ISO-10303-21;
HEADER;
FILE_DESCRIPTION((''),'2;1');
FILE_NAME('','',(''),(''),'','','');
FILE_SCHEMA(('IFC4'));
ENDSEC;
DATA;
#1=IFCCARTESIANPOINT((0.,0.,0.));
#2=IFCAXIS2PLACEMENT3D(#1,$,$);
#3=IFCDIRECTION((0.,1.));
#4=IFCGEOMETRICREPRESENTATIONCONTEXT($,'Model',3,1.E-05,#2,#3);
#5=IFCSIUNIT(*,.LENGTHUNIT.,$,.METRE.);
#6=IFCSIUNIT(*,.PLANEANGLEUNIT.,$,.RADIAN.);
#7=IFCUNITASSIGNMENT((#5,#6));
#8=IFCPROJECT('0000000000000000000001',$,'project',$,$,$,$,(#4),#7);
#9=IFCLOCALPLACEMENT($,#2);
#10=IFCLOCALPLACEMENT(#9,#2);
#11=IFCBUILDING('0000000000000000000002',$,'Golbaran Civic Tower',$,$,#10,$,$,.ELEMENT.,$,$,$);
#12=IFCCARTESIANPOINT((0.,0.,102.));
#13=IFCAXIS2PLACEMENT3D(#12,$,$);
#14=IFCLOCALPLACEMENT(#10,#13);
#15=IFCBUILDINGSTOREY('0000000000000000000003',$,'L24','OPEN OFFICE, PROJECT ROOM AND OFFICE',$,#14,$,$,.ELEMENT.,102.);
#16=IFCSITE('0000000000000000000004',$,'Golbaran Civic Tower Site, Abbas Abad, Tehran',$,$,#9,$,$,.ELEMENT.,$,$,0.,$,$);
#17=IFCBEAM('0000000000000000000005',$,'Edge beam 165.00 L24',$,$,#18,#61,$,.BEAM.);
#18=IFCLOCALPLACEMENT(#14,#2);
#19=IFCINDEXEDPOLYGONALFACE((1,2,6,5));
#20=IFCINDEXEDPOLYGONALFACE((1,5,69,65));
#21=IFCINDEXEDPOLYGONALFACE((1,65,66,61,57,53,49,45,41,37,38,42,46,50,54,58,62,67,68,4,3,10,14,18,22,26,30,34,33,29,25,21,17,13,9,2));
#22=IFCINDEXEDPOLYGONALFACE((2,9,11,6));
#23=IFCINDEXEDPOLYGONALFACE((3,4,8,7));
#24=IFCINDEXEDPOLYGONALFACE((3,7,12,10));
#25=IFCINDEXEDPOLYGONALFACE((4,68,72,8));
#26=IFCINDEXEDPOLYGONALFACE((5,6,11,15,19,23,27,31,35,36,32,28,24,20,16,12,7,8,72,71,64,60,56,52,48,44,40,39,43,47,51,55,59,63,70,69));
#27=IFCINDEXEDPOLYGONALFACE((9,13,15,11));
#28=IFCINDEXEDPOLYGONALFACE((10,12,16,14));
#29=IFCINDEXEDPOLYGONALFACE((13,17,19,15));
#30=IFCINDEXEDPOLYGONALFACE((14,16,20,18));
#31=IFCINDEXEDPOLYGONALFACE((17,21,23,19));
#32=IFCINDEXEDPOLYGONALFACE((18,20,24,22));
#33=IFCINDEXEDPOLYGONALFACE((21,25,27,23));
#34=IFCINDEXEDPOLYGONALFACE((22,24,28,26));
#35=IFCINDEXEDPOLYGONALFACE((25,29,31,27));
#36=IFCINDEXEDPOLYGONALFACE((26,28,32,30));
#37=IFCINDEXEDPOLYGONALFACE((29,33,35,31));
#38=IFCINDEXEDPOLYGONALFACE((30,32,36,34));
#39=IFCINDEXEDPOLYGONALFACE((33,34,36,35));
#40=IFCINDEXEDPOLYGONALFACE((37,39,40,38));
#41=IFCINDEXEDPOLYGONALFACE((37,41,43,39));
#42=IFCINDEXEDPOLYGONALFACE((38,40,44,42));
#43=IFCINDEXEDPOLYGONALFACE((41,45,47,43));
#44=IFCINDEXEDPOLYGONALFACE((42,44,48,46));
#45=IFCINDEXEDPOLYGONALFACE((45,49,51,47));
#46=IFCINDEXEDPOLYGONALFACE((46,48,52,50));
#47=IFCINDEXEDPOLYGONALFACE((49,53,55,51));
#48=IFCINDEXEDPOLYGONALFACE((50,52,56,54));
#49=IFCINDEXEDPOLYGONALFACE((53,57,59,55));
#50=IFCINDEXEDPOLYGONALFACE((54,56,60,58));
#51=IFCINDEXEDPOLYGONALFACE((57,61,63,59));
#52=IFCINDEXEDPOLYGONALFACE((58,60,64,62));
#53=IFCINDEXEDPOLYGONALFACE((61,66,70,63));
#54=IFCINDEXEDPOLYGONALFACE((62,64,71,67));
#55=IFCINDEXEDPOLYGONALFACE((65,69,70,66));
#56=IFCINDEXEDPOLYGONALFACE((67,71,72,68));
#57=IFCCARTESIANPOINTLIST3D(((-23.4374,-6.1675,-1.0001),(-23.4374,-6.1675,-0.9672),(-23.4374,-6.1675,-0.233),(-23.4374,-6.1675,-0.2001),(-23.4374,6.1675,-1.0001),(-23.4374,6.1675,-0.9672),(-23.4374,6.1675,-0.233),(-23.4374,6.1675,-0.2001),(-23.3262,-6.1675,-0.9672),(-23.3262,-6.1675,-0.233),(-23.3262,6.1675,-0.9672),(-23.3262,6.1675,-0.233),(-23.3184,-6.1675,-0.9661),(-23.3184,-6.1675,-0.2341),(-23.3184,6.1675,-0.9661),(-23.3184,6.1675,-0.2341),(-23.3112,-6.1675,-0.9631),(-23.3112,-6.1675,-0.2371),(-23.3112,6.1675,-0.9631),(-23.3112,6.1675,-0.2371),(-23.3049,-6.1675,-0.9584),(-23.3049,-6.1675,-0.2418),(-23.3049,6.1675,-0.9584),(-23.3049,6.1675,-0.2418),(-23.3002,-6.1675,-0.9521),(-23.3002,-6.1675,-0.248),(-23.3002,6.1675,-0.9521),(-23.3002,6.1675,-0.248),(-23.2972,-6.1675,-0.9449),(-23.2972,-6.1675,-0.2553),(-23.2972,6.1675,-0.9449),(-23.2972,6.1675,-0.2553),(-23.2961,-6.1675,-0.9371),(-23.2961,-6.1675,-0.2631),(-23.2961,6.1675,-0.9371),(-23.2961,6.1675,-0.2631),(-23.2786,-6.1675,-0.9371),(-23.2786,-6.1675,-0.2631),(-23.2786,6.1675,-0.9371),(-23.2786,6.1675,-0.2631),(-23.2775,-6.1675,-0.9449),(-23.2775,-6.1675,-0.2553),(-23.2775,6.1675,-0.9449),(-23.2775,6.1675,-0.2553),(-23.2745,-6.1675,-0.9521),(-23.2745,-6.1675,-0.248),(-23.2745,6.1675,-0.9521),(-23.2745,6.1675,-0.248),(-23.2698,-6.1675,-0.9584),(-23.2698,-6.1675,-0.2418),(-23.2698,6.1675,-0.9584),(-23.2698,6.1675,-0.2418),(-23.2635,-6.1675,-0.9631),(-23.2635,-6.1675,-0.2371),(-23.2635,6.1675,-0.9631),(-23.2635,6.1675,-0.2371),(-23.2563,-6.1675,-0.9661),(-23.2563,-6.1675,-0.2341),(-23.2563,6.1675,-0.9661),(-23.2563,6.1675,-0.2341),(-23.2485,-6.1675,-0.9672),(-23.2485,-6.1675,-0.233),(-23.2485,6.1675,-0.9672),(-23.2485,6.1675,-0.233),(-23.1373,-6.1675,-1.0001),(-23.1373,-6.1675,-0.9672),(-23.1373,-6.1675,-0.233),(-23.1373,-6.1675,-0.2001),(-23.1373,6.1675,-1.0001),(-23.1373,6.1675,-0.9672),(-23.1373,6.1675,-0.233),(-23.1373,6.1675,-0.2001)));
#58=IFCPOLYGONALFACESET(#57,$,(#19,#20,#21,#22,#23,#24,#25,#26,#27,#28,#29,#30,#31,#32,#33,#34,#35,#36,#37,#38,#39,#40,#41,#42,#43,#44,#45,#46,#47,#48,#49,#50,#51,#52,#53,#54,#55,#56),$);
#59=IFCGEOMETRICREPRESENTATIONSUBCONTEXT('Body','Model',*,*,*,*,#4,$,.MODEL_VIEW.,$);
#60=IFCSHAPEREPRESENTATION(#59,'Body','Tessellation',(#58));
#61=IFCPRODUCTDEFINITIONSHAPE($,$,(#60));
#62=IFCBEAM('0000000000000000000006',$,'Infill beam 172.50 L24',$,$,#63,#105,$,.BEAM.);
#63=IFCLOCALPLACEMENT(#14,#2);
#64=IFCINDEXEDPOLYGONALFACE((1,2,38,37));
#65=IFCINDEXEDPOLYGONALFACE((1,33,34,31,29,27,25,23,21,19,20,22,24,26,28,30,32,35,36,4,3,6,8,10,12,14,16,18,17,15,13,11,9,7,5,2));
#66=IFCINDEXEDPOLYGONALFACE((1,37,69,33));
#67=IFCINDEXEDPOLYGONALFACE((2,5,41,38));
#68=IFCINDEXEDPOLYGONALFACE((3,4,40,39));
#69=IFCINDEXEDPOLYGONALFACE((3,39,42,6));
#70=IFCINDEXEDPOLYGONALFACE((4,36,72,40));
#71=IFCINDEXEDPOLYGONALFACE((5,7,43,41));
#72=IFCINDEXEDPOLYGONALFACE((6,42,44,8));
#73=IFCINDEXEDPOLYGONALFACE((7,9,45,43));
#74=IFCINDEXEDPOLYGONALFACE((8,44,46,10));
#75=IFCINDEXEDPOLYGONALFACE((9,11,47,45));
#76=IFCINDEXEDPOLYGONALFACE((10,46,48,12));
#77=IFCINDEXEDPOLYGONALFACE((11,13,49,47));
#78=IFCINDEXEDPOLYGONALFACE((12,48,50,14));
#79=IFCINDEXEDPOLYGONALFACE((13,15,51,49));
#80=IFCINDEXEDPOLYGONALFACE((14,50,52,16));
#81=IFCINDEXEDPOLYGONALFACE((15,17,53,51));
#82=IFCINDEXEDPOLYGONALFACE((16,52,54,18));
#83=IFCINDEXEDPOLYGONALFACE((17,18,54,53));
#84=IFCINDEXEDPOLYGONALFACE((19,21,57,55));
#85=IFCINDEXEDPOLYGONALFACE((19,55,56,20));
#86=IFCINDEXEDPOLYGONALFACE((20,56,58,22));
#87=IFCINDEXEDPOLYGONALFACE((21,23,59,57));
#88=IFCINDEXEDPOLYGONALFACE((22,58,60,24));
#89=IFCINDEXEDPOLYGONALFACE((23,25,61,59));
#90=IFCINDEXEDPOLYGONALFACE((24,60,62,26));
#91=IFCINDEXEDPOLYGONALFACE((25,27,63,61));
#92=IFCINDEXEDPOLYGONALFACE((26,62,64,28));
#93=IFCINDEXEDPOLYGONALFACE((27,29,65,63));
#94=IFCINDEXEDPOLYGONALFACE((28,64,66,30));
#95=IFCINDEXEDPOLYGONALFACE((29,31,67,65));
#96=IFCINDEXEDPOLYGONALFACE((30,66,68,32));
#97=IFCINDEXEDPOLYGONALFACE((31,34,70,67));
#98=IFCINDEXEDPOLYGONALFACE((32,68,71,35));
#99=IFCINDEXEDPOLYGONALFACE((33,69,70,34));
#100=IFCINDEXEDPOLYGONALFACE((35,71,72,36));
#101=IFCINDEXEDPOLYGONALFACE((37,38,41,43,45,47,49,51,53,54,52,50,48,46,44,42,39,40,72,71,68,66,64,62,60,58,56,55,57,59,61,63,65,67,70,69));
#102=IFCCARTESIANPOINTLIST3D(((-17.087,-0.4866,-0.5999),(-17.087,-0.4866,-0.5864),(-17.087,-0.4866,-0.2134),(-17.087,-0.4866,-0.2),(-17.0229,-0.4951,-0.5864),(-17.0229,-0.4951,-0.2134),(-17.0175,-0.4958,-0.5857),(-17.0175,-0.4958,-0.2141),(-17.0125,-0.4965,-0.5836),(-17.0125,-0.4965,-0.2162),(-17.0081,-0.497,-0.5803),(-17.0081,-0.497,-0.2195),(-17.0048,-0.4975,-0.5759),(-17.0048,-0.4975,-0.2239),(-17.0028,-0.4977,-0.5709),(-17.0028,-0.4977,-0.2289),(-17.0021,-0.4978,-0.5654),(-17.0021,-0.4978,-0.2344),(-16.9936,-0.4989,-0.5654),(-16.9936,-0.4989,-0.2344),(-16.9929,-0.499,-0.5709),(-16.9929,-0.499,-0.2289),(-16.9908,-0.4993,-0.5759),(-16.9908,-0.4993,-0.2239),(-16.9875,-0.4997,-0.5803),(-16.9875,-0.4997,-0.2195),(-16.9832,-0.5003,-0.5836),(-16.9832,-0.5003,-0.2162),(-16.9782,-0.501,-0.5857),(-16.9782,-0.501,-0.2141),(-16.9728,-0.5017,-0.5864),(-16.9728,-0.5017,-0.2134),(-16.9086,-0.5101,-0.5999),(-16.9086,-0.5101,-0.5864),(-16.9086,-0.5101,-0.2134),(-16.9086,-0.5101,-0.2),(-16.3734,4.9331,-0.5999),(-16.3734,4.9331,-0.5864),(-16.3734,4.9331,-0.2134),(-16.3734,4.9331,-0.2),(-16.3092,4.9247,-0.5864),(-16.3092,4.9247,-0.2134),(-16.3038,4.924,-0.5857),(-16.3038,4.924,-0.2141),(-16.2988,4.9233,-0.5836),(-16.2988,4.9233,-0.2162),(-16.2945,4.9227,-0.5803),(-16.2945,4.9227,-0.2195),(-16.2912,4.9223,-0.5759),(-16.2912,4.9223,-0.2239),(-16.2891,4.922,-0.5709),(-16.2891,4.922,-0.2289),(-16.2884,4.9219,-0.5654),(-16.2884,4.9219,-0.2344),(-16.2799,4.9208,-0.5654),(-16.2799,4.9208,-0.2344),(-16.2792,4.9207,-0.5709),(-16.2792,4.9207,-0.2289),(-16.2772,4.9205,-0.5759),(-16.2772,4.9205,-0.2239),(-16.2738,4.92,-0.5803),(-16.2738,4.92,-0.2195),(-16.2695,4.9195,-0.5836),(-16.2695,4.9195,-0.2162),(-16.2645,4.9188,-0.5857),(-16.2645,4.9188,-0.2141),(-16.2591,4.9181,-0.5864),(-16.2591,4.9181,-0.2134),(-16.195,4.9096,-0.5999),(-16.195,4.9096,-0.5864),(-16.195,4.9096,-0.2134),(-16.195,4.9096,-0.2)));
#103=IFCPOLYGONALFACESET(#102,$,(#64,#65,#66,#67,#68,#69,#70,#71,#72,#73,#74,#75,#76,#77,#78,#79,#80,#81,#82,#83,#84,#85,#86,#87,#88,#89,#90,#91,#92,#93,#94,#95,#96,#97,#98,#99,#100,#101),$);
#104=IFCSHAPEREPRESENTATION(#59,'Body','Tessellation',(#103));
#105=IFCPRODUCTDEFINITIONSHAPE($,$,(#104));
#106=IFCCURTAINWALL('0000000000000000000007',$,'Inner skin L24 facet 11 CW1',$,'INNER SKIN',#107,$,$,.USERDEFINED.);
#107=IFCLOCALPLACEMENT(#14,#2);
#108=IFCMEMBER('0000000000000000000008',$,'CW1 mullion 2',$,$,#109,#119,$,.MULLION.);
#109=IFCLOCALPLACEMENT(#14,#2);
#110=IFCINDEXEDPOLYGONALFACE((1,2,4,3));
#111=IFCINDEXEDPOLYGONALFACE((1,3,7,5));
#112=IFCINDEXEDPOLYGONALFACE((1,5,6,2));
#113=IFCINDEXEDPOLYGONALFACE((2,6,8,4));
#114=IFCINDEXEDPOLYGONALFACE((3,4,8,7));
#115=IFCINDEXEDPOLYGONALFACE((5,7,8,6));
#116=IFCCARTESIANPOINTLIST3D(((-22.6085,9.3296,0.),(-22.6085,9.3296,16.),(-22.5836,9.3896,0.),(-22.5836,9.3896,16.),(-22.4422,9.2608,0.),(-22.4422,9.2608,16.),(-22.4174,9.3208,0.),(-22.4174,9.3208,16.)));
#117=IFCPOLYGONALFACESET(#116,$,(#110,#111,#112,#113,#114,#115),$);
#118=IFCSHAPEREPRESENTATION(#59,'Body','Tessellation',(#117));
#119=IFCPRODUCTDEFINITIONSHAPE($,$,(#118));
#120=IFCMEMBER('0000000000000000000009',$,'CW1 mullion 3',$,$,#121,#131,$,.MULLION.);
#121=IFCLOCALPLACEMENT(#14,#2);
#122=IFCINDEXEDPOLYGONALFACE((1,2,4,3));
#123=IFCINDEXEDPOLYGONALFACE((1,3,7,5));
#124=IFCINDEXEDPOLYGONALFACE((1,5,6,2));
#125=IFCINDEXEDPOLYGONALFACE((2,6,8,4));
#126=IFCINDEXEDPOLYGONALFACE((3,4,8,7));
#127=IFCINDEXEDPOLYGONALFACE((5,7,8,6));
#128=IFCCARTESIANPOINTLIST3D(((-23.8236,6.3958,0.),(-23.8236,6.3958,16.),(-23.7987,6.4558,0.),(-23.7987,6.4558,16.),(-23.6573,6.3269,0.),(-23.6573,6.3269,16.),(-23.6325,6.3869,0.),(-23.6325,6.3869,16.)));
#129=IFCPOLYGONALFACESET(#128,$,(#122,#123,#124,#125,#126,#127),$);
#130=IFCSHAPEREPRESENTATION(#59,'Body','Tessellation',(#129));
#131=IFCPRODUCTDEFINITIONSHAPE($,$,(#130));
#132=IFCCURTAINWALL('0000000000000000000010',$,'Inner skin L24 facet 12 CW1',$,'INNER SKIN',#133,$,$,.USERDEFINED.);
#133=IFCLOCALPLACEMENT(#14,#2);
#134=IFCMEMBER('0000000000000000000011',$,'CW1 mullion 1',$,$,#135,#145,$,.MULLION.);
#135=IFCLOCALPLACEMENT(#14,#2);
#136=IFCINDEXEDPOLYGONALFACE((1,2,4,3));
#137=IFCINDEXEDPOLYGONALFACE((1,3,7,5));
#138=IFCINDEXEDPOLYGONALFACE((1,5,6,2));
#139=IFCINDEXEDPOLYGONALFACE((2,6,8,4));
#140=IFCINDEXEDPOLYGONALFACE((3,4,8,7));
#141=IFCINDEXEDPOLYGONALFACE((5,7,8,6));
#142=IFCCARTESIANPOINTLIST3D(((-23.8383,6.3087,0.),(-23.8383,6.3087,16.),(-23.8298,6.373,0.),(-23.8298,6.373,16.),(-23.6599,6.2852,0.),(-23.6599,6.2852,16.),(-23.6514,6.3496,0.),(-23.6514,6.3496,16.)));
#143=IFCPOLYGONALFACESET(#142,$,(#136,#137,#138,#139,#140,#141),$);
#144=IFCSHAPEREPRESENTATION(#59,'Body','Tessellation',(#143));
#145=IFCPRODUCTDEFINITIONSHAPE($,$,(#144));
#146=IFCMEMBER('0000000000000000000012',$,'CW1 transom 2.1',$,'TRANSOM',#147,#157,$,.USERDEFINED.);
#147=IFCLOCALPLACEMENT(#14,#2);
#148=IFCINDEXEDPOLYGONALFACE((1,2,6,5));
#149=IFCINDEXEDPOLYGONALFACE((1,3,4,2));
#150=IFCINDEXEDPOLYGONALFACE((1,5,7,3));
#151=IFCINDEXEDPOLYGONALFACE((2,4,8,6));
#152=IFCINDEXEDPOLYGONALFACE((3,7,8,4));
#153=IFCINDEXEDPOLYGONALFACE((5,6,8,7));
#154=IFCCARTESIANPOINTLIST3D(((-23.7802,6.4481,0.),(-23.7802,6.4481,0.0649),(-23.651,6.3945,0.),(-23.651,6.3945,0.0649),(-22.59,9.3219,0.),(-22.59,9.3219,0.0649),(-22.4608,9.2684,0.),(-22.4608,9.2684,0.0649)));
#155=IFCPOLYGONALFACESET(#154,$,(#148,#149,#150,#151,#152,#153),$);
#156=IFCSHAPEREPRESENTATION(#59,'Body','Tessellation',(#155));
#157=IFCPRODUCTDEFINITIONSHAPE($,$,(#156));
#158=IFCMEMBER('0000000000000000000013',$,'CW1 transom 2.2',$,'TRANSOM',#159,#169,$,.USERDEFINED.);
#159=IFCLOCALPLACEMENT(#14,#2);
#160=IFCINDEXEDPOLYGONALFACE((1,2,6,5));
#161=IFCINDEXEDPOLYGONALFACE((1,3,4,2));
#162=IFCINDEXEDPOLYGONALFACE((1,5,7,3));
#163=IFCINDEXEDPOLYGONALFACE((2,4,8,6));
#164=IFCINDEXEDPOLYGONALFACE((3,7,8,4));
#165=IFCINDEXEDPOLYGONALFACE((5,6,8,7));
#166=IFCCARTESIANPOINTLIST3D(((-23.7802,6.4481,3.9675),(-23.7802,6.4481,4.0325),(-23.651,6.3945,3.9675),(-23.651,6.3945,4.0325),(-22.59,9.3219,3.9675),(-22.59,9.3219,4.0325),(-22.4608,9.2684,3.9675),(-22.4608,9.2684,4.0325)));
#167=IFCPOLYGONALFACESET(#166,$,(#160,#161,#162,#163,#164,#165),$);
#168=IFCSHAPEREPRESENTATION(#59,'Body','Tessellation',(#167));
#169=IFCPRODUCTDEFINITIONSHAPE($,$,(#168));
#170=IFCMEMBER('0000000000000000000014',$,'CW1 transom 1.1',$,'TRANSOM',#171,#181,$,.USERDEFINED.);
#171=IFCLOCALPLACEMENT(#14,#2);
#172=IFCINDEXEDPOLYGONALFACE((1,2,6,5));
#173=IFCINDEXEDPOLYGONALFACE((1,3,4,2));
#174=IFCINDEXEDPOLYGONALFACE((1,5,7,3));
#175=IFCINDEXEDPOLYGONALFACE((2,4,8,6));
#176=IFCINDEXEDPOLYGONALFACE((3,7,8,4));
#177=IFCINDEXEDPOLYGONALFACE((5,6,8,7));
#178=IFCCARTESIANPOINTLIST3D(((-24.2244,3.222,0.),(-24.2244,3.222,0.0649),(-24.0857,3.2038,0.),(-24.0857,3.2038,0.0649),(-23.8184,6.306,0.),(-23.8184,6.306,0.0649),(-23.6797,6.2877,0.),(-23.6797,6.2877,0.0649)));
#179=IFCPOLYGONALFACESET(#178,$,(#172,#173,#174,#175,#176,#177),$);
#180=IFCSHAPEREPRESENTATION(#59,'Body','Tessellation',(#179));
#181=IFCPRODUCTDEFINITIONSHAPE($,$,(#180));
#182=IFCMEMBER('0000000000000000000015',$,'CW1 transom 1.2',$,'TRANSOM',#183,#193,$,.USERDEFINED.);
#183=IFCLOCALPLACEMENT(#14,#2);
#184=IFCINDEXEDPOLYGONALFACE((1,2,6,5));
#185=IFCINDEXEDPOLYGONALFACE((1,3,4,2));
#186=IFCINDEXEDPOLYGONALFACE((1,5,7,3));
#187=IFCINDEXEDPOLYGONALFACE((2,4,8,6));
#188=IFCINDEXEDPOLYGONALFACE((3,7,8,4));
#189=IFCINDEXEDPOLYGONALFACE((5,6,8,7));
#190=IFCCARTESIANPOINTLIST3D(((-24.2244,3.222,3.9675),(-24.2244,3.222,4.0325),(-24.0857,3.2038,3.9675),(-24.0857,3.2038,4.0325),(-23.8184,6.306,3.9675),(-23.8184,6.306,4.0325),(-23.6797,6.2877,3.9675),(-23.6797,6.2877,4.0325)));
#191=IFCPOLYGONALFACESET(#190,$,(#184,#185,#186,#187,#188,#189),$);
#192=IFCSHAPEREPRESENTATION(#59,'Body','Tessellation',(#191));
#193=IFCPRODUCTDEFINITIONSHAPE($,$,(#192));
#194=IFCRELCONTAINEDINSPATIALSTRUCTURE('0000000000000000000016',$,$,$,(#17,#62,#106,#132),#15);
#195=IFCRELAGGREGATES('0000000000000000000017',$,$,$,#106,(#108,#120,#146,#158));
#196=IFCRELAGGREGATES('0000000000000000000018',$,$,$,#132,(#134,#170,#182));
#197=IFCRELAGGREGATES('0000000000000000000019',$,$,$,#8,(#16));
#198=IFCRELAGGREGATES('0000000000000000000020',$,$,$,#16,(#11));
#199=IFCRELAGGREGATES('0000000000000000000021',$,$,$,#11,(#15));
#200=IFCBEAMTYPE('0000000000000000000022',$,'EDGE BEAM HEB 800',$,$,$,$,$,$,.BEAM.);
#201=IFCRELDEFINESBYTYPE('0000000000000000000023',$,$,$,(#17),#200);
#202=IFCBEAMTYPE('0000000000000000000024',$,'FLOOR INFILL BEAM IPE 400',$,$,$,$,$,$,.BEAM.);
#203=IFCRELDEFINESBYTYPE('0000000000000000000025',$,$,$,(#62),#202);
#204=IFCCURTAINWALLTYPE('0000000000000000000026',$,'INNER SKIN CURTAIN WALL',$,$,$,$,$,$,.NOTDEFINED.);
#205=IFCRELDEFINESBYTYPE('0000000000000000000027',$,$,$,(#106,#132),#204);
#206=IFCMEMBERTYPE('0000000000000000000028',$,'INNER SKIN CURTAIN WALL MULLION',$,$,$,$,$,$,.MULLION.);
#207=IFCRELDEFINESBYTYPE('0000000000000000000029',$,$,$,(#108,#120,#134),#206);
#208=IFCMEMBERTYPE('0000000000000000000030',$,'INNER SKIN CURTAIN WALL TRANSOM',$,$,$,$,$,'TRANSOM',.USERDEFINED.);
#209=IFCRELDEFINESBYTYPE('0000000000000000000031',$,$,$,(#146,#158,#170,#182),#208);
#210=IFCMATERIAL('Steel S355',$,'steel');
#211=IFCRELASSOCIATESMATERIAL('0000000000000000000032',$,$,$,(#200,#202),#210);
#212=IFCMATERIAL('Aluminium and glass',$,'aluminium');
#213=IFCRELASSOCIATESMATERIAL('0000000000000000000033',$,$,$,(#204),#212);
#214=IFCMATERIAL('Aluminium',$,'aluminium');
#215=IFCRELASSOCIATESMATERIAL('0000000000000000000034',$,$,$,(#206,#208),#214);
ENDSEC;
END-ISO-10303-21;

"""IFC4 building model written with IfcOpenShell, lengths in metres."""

from ifc_helpers import new_model, si_unit, direction, frame, origin, origin_2d, place, context, subcontext, project, spatial, rectangle, i_section, extrude, material, material_profile, profile_set, type_object, element, aggregate, save


model = new_model("IFC4")

# Units and contexts
model_context = context("Model", 3, precision=1e-05, world=origin(), true_north=direction((0.0, 1.0)))
body_context = subcontext(model_context, "Body", "Model", "MODEL_VIEW")
ifc_project = project(units=[si_unit("LENGTHUNIT", "METRE"), si_unit("PLANEANGLEUNIT", "RADIAN")], contexts=[model_context])

# Site, building, storey
site_placement = place(None, origin())
site = spatial("IfcSite", under=ifc_project, at=site_placement, Name="Golbaran Civic Tower Site, Abbas Abad, Tehran", CompositionType="ELEMENT", RefElevation=0.0)
building_placement = place(site_placement, origin())
building = spatial("IfcBuilding", under=site, at=building_placement, Name="Golbaran Civic Tower", CompositionType="ELEMENT")
storey_placement = place(building_placement, frame((0.0, 0.0, 102.0)))
storey = spatial("IfcBuildingStorey", under=building, at=storey_placement, Name="L24", Description="OPEN OFFICE, PROJECT ROOM AND OFFICE", CompositionType="ELEMENT", Elevation=102.0)

# Beams
ifc_material_1 = material(Name="Steel S355", Category="steel")
ifc_material_profile_1 = material_profile(ifc_material_1, i_section(OverallWidth=0.3, OverallDepth=0.8, WebThickness=0.0176, FlangeThickness=0.033, FilletRadius=0.03, at=origin_2d()), Name="HEB 800")
ifc_profile_set_1 = profile_set([ifc_material_profile_1], Name="Steel S355")
beam_type_1 = type_object("IfcBeamType", Name="EDGE BEAM HEB 800", PredefinedType="BEAM", material=ifc_profile_set_1)
beam_1_placement = place(storey_placement, frame((-23.2874, 6.1675, -0.6001), z_axis=(0.0, -1.0, 0.0), x_axis=(1.0, 0.0, 0.0)))
element("IfcBeam", 1, at=beam_1_placement, inside=storey, type_object=beam_type_1, Name="Edge beam 165.00 L24", PredefinedType="BEAM", context=body_context, shape_type="SweptSolid", body=[
    extrude(i_section(OverallWidth=0.3, OverallDepth=0.8, WebThickness=0.0176, FlangeThickness=0.033, FilletRadius=0.03, at=origin_2d()), origin(), (0.0, 0.0, 1.0), 12.335),
])
ifc_material_profile_2 = material_profile(ifc_material_1, i_section(OverallWidth=0.1799, OverallDepth=0.3999, WebThickness=0.0085, FlangeThickness=0.0134, FilletRadius=0.021, at=origin_2d()), Name="IPE 400")
ifc_profile_set_2 = profile_set([ifc_material_profile_2], Name="Steel S355")
beam_type_2 = type_object("IfcBeamType", Name="FLOOR INFILL BEAM IPE 400", PredefinedType="BEAM", material=ifc_profile_set_2)
beam_2_placement = place(storey_placement, frame((-16.2842, 4.9214, -0.3999), z_axis=(-0.130546, -0.991442, 0.0), x_axis=(0.991442, -0.130546, 0.0)))
element("IfcBeam", 2, at=beam_2_placement, inside=storey, type_object=beam_type_2, Name="Infill beam 172.50 L24", PredefinedType="BEAM", context=body_context, shape_type="SweptSolid", body=[
    extrude(i_section(OverallWidth=0.1799, OverallDepth=0.3999, WebThickness=0.0085, FlangeThickness=0.0134, FilletRadius=0.021, at=origin_2d()), origin(), (0.0, 0.0, 1.0), 5.4666),
])

# Curtain wall, members
ifc_material_2 = material(Name="Aluminium and glass", Category="aluminium")
curtain_wall_type_1 = type_object("IfcCurtainWallType", Name="INNER SKIN CURTAIN WALL", PredefinedType="NOTDEFINED", material=ifc_material_2)
curtain_wall_1_placement = place(storey_placement, origin())
curtain_wall_1 = element("IfcCurtainWall", 3, at=curtain_wall_1_placement, inside=storey, type_object=curtain_wall_type_1, Name="Inner skin L24 facet 11 CW1", ObjectType="INNER SKIN", PredefinedType="USERDEFINED")
ifc_material_3 = material(Name="Aluminium", Category="aluminium")
ifc_material_profile_3 = material_profile(ifc_material_3, rectangle(XDim=0.1799, YDim=0.0649, at=origin_2d()), Name="INNER SKIN CURTAIN WALL MULLION")
ifc_profile_set_3 = profile_set([ifc_material_profile_3], Name="Aluminium")
member_type_1 = type_object("IfcMemberType", Name="INNER SKIN CURTAIN WALL MULLION", PredefinedType="MULLION", material=ifc_profile_set_3)
member_1_placement = place(storey_placement, frame((-22.5129, 9.3252, 0.0), z_axis=(0.0, 0.0, 1.0), x_axis=(0.92388, -0.382683, 0.0)))
member_1 = element("IfcMember", 4, at=member_1_placement, type_object=member_type_1, Name="CW1 mullion 2", PredefinedType="MULLION", context=body_context, shape_type="SweptSolid", body=[
    extrude(rectangle(XDim=0.1799, YDim=0.0649, at=origin_2d()), origin(), (0.0, 0.0, 1.0), 16.0),
])
member_2_placement = place(storey_placement, frame((-23.728, 6.3914, 0.0), z_axis=(0.0, 0.0, 1.0), x_axis=(0.92388, -0.382683, 0.0)))
member_2 = element("IfcMember", 5, at=member_2_placement, type_object=member_type_1, Name="CW1 mullion 3", PredefinedType="MULLION", context=body_context, shape_type="SweptSolid", body=[
    extrude(rectangle(XDim=0.1799, YDim=0.0649, at=origin_2d()), origin(), (0.0, 0.0, 1.0), 16.0),
])

# Curtain wall, member
curtain_wall_2_placement = place(storey_placement, origin())
curtain_wall_2 = element("IfcCurtainWall", 6, at=curtain_wall_2_placement, inside=storey, type_object=curtain_wall_type_1, Name="Inner skin L24 facet 12 CW1", ObjectType="INNER SKIN", PredefinedType="USERDEFINED")
member_3_placement = place(storey_placement, frame((-23.7449, 6.3291, 0.0), z_axis=(0.0, 0.0, 1.0), x_axis=(0.991445, -0.130526, 0.0)))
member_3 = element("IfcMember", 7, at=member_3_placement, type_object=member_type_1, Name="CW1 mullion 1", PredefinedType="MULLION", context=body_context, shape_type="SweptSolid", body=[
    extrude(rectangle(XDim=0.1799, YDim=0.0649, at=origin_2d()), origin(), (0.0, 0.0, 1.0), 16.0),
])

# Members
ifc_material_profile_4 = material_profile(ifc_material_3, rectangle(XDim=0.1399, YDim=0.0649, at=origin_2d()), Name="INNER SKIN CURTAIN WALL TRANSOM")
ifc_profile_set_4 = profile_set([ifc_material_profile_4], Name="Aluminium")
member_type_2 = type_object("IfcMemberType", Name="INNER SKIN CURTAIN WALL TRANSOM", ElementType="TRANSOM", PredefinedType="USERDEFINED", material=ifc_profile_set_4)
member_4_placement = place(storey_placement, frame((-22.5254, 9.2952, 0.0325), z_axis=(-0.382636, -0.923899, 0.0), x_axis=(0.923899, -0.382636, 0.0)))
member_4 = element("IfcMember", 8, at=member_4_placement, type_object=member_type_2, Name="CW1 transom 2.1", ObjectType="TRANSOM", PredefinedType="USERDEFINED", context=body_context, shape_type="SweptSolid", body=[
    extrude(rectangle(XDim=0.1399, YDim=0.0649, at=origin_2d()), origin(), (0.0, 0.0, 1.0), 3.1106),
])
member_5_placement = place(storey_placement, frame((-22.5254, 9.2952, 4.0), z_axis=(-0.382636, -0.923899, 0.0), x_axis=(0.923899, -0.382636, 0.0)))
member_5 = element("IfcMember", 9, at=member_5_placement, type_object=member_type_2, Name="CW1 transom 2.2", ObjectType="TRANSOM", PredefinedType="USERDEFINED", context=body_context, shape_type="SweptSolid", body=[
    extrude(rectangle(XDim=0.1399, YDim=0.0649, at=origin_2d()), origin(), (0.0, 0.0, 1.0), 3.1106),
])
member_6_placement = place(storey_placement, frame((-23.749, 6.2969, 0.0325), z_axis=(-0.130524, -0.991445, 0.0), x_axis=(0.991445, -0.130524, 0.0)))
member_6 = element("IfcMember", 10, at=member_6_placement, type_object=member_type_2, Name="CW1 transom 1.1", ObjectType="TRANSOM", PredefinedType="USERDEFINED", context=body_context, shape_type="SweptSolid", body=[
    extrude(rectangle(XDim=0.1399, YDim=0.0649, at=origin_2d()), origin(), (0.0, 0.0, 1.0), 3.1106),
])
member_7_placement = place(storey_placement, frame((-23.749, 6.2969, 4.0), z_axis=(-0.130524, -0.991445, 0.0), x_axis=(0.991445, -0.130524, 0.0)))
member_7 = element("IfcMember", 11, at=member_7_placement, type_object=member_type_2, Name="CW1 transom 1.2", ObjectType="TRANSOM", PredefinedType="USERDEFINED", context=body_context, shape_type="SweptSolid", body=[
    extrude(rectangle(XDim=0.1399, YDim=0.0649, at=origin_2d()), origin(), (0.0, 0.0, 1.0), 3.1106),
])

aggregate(curtain_wall_1, [member_1, member_2, member_4, member_5])
aggregate(curtain_wall_2, [member_3, member_6, member_7])

save(model, "model.ifc")
